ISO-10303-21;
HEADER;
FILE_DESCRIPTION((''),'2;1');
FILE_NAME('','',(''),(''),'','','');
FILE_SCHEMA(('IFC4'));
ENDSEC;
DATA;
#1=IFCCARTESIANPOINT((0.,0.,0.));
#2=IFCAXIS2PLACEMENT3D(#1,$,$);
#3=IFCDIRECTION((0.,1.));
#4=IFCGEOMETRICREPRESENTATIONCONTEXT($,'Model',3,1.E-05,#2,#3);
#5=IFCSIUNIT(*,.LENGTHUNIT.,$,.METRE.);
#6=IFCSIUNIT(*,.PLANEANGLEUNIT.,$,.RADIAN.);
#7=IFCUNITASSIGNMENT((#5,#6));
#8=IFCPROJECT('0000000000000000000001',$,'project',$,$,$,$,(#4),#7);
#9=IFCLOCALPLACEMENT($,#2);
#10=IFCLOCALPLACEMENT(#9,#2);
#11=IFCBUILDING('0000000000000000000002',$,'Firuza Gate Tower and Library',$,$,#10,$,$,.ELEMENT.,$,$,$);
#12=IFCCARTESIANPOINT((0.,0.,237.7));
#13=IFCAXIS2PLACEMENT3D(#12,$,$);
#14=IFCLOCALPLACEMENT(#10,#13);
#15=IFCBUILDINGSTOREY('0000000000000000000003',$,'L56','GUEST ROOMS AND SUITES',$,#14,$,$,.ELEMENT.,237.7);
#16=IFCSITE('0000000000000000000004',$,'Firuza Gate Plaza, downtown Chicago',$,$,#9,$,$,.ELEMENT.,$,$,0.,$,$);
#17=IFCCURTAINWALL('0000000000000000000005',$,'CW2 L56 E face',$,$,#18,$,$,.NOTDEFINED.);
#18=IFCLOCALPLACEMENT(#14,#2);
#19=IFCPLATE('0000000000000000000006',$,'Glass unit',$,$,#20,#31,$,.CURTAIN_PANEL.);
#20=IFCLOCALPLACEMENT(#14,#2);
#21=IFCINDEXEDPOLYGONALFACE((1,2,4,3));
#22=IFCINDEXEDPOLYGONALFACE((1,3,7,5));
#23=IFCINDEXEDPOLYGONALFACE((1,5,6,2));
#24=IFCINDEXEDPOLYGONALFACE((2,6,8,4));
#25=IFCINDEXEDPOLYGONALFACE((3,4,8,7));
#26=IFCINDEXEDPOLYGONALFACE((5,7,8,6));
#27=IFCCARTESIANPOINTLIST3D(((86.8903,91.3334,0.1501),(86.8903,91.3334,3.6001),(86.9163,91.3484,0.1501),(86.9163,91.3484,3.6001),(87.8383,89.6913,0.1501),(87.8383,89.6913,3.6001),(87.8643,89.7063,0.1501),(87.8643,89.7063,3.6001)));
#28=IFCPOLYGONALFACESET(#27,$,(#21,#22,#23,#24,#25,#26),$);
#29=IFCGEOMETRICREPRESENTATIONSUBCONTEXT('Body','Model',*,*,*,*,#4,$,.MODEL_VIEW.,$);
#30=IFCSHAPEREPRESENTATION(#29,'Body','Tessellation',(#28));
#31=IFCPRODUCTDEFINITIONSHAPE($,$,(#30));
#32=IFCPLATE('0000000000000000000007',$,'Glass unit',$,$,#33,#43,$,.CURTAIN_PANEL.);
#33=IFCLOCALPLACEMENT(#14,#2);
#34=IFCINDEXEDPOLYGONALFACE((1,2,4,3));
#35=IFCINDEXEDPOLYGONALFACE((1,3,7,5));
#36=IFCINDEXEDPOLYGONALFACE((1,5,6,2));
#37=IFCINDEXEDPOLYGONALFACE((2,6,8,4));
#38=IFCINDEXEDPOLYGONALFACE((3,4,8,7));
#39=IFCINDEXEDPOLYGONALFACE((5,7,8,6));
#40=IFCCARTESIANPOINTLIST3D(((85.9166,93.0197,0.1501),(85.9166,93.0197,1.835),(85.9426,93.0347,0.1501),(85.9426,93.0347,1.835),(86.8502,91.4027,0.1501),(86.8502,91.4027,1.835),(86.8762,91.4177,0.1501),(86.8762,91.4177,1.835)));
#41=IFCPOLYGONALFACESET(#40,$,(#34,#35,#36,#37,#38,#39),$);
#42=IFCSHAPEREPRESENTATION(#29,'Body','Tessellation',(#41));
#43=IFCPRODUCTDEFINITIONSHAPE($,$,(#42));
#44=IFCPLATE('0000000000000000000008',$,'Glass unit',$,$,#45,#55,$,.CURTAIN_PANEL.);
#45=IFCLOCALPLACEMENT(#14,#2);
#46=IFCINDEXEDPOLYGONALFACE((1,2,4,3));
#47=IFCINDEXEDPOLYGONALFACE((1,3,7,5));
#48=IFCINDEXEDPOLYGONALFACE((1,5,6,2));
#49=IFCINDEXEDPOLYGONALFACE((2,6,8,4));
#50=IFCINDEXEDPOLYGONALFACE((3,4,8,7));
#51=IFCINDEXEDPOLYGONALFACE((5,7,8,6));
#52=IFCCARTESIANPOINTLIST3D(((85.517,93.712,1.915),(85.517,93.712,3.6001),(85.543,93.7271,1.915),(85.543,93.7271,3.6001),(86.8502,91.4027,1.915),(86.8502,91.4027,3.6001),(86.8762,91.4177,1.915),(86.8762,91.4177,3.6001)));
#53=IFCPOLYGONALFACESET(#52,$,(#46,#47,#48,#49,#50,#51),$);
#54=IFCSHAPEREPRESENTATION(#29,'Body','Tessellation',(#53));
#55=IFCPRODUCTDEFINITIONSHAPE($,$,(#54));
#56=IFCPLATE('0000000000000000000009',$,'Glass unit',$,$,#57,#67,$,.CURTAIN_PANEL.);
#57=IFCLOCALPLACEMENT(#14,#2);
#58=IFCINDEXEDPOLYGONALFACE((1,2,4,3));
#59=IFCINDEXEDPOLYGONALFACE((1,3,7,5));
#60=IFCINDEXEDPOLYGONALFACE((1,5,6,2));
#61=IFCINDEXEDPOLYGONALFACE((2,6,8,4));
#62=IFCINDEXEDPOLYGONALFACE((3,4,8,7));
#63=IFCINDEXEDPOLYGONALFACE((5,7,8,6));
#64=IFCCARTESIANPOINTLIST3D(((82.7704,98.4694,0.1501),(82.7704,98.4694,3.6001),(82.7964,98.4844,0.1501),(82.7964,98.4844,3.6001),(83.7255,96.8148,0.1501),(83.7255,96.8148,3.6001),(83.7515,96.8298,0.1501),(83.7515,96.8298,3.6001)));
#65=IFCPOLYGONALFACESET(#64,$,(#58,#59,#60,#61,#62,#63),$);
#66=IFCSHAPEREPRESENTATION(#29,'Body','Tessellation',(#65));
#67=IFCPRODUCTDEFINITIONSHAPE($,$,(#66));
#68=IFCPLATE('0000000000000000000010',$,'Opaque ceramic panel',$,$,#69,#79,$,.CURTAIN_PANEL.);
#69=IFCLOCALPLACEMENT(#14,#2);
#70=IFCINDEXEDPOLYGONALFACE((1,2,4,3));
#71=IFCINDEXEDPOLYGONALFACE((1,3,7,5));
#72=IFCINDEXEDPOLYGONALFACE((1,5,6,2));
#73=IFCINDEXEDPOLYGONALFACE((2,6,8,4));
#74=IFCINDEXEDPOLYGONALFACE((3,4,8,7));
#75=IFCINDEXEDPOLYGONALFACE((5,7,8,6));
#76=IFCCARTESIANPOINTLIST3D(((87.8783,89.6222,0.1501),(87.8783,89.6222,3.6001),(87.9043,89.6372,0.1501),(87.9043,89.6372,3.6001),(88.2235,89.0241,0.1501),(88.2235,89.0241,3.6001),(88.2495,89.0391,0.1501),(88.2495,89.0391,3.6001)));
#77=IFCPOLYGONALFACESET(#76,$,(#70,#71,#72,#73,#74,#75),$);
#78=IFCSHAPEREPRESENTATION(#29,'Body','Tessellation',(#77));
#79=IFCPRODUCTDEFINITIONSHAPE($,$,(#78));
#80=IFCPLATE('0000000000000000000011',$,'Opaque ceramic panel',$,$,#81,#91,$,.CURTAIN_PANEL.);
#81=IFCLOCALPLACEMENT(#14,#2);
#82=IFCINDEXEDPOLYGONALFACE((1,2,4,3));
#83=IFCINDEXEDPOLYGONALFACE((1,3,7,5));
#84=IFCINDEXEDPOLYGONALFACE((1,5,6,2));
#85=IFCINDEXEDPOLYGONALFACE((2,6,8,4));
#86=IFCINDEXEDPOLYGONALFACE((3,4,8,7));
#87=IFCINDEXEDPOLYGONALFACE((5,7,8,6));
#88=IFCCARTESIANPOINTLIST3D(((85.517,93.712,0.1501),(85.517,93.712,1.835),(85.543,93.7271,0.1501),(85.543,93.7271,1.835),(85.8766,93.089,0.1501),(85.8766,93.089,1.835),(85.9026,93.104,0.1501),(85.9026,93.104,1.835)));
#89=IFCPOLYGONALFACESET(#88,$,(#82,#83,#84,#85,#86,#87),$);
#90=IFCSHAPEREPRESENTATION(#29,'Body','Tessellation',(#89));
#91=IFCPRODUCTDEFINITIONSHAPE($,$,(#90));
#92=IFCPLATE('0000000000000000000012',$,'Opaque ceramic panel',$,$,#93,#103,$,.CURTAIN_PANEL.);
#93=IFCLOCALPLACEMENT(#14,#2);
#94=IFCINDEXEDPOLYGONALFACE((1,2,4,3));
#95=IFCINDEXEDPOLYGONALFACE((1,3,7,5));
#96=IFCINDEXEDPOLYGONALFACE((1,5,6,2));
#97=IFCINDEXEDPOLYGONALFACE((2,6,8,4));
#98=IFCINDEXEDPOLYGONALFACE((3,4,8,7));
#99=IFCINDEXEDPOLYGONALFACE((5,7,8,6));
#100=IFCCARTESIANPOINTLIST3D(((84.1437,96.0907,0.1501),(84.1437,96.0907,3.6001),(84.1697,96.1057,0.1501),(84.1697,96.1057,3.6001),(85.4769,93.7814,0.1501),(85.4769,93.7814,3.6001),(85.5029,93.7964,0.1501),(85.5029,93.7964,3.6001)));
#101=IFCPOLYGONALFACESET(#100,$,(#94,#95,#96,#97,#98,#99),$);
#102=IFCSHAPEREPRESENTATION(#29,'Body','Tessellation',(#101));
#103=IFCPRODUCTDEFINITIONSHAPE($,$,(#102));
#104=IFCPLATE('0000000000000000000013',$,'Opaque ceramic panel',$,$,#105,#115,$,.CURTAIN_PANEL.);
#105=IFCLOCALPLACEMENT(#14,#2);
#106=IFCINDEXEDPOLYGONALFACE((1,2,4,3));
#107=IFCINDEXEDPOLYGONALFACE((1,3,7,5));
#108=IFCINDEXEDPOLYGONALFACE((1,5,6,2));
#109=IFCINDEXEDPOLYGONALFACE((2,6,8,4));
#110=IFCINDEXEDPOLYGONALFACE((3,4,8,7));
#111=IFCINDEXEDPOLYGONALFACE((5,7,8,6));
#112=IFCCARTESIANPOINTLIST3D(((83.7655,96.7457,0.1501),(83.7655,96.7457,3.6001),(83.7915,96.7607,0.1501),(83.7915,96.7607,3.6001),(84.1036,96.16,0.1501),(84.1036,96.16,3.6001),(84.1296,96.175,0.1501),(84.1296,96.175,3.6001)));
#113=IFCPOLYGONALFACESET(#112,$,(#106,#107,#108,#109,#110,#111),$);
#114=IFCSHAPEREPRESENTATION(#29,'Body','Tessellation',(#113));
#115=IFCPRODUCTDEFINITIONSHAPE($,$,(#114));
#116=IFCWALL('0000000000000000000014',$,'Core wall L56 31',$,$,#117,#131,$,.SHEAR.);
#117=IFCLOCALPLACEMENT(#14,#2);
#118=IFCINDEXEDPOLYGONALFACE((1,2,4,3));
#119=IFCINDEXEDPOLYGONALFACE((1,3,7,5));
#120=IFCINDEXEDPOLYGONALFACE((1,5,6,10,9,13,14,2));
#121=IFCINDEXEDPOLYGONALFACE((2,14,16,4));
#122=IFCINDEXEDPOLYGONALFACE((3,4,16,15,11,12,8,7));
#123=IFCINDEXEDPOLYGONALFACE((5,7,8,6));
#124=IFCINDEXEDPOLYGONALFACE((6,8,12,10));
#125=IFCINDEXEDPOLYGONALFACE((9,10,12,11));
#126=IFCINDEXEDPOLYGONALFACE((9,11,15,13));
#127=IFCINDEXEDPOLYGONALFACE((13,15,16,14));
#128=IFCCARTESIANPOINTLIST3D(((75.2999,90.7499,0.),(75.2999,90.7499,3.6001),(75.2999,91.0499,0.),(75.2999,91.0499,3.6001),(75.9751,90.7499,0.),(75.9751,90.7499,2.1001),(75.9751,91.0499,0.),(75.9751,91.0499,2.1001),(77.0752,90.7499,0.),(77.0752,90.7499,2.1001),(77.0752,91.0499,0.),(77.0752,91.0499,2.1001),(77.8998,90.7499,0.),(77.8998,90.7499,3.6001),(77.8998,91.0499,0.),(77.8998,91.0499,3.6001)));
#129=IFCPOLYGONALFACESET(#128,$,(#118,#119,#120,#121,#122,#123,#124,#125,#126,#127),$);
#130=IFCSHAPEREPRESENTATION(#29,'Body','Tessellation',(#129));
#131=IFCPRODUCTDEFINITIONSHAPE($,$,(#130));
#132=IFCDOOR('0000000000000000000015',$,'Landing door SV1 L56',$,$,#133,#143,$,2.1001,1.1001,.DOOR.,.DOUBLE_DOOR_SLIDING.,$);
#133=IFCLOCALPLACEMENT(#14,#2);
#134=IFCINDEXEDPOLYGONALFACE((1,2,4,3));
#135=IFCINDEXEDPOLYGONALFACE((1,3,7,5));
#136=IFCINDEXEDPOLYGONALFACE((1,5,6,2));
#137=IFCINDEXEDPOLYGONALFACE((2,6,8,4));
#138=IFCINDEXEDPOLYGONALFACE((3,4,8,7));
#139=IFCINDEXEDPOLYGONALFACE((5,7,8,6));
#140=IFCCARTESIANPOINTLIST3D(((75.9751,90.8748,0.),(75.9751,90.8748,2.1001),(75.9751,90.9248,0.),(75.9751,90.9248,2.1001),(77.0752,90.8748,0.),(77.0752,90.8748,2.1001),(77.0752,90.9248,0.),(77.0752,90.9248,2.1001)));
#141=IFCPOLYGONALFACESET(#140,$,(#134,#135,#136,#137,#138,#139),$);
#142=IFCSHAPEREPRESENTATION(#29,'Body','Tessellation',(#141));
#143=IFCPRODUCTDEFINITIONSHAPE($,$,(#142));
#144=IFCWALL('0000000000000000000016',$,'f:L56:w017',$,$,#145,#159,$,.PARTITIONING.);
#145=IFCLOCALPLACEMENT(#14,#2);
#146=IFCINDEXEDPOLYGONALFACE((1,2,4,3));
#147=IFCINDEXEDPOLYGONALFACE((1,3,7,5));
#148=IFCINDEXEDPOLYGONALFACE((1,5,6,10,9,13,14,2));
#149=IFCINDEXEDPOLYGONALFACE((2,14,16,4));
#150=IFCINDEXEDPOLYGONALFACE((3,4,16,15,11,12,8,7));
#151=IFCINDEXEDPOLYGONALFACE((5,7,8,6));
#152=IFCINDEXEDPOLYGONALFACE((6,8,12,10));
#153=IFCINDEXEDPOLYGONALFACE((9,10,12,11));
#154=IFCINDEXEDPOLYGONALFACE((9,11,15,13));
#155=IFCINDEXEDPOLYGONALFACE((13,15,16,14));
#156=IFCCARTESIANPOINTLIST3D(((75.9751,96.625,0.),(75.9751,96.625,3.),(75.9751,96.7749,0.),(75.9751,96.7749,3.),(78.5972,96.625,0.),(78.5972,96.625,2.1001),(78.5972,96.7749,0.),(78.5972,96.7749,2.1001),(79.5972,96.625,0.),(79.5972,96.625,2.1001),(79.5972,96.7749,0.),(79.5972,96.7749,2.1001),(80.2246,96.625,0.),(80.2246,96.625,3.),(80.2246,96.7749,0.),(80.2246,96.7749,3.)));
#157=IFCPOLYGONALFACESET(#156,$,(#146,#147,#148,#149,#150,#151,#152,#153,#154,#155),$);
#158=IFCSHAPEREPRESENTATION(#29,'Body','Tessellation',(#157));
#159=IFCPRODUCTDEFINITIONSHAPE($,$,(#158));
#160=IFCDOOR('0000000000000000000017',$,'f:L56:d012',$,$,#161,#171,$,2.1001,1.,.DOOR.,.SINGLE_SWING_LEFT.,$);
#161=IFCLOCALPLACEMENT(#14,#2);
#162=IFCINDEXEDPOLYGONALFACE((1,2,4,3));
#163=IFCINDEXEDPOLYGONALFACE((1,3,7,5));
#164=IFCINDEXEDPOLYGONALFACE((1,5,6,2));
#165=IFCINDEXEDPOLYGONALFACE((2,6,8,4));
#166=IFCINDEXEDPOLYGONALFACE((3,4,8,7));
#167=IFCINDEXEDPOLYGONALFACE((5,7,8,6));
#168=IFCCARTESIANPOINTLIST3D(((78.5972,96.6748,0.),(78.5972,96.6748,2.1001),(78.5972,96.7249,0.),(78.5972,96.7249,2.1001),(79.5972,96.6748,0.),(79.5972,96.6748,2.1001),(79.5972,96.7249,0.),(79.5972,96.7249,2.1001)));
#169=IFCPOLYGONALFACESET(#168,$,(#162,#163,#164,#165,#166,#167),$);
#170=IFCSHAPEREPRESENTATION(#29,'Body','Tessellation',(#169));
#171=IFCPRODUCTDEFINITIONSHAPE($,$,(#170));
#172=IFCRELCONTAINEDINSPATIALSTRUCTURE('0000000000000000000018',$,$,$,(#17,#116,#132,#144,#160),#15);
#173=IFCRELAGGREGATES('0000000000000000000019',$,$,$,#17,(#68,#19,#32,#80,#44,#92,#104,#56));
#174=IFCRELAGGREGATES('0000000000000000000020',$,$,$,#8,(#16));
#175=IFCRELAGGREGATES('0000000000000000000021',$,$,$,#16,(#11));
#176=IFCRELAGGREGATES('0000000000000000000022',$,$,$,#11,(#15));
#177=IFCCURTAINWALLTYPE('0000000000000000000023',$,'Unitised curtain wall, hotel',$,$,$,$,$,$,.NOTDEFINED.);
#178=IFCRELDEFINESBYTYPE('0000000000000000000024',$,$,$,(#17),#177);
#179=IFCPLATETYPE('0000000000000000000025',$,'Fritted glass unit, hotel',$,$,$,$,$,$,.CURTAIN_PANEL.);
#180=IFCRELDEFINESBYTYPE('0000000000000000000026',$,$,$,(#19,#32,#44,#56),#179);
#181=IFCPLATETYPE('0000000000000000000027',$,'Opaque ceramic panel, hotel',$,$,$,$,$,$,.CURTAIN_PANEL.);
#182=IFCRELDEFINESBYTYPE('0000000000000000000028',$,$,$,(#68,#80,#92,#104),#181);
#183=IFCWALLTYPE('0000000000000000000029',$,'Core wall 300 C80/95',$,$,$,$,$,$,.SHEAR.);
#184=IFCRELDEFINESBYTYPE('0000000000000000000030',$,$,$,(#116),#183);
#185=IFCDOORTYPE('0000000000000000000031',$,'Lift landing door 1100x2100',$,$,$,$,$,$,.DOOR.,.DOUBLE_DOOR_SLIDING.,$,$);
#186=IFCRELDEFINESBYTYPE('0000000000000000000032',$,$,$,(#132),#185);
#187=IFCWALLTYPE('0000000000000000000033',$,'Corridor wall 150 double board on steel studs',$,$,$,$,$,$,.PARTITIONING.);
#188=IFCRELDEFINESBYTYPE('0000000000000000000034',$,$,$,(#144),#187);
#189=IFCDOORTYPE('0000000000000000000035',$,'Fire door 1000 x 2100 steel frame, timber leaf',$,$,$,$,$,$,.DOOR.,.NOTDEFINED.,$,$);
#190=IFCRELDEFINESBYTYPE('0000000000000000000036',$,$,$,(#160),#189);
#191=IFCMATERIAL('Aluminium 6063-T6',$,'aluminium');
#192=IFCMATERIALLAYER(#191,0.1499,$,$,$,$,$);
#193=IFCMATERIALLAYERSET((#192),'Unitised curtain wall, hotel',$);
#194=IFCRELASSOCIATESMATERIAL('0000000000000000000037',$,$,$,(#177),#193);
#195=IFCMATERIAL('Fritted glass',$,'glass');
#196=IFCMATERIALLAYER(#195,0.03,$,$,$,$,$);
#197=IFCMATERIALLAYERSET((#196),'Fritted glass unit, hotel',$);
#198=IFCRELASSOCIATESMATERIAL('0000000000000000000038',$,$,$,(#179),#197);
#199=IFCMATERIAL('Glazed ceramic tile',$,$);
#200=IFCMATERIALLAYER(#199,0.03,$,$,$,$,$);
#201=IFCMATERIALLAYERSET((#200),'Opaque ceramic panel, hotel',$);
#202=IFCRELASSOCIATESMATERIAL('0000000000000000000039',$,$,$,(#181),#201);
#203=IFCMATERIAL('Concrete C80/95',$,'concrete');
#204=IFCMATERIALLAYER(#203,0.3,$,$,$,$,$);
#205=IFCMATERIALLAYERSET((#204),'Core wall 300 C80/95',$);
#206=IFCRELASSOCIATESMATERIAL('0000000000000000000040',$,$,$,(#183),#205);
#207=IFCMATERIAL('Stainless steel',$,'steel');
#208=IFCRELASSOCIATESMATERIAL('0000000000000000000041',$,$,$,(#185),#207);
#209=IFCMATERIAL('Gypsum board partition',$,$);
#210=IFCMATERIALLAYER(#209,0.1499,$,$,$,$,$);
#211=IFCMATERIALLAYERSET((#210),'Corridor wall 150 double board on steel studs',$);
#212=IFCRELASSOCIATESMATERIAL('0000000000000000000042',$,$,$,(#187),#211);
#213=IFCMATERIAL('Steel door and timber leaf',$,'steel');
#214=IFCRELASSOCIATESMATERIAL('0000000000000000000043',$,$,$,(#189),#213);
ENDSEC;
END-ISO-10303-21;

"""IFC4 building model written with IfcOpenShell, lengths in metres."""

from ifc_helpers import new_model, si_unit, direction, frame, frame_2d, origin, place, context, subcontext, project, spatial, polyline, rectangle, outline, extrude, material, layer, layer_set, type_object, element, fill, aggregate, save


model = new_model("IFC4")

# Units and contexts
model_context = context("Model", 3, precision=1e-05, world=origin(), true_north=direction((0.0, 1.0)))
body_context = subcontext(model_context, "Body", "Model", "MODEL_VIEW")
ifc_project = project(units=[si_unit("LENGTHUNIT", "METRE"), si_unit("PLANEANGLEUNIT", "RADIAN")], contexts=[model_context])

# Site, building, storey
site_placement = place(None, origin())
site = spatial("IfcSite", under=ifc_project, at=site_placement, Name="Firuza Gate Plaza, downtown Chicago", CompositionType="ELEMENT", RefElevation=0.0)
building_placement = place(site_placement, origin())
building = spatial("IfcBuilding", under=site, at=building_placement, Name="Firuza Gate Tower and Library", CompositionType="ELEMENT")
storey_placement = place(building_placement, frame((0.0, 0.0, 237.7)))
storey = spatial("IfcBuildingStorey", under=building, at=storey_placement, Name="L56", Description="GUEST ROOMS AND SUITES", CompositionType="ELEMENT", Elevation=237.7)

# Curtain wall
ifc_material_1 = material(Name="Aluminium 6063-T6", Category="aluminium")
ifc_layer_1 = layer(ifc_material_1, 0.1499)
ifc_layer_set_1 = layer_set([ifc_layer_1], Name="Unitised curtain wall, hotel")
curtain_wall_type = type_object("IfcCurtainWallType", Name="Unitised curtain wall, hotel", PredefinedType="NOTDEFINED", material=ifc_layer_set_1)
placement = place(storey_placement, origin())
curtain_wall = element("IfcCurtainWall", 1, at=placement, inside=storey, type_object=curtain_wall_type, Name="CW2 L56 E face", PredefinedType="NOTDEFINED")

# Plates
ifc_material_2 = material(Name="Fritted glass", Category="glass")
ifc_layer_2 = layer(ifc_material_2, 0.03)
ifc_layer_set_2 = layer_set([ifc_layer_2], Name="Fritted glass unit, hotel")
plate_type_1 = type_object("IfcPlateType", Name="Fritted glass unit, hotel", PredefinedType="CURTAIN_PANEL", material=ifc_layer_set_2)
plate_1_placement = place(storey_placement, frame((87.8643, 89.7063, 0.1501), z_axis=(0.86604, 0.499975, 0.0), x_axis=(-0.499975, 0.86604, 0.0)))
plate_1 = element("IfcPlate", 2, at=plate_1_placement, type_object=plate_type_1, Name="Glass unit", PredefinedType="CURTAIN_PANEL", context=body_context, shape_type="SweptSolid", body=[
    extrude(outline(polyline([(0.0, 0.0), (1.8961, 0.0), (1.8961, 3.45), (0.0, 3.45), (0.0, 0.0)])), origin(), (0.0, 0.0, -1.0), 0.03),
])
plate_2_placement = place(storey_placement, frame((86.8762, 91.4177, 0.1501), z_axis=(0.866014, 0.500021, 0.0), x_axis=(-0.500021, 0.866014, 0.0)))
plate_2 = element("IfcPlate", 3, at=plate_2_placement, type_object=plate_type_1, Name="Glass unit", PredefinedType="CURTAIN_PANEL", context=body_context, shape_type="SweptSolid", body=[
    extrude(outline(polyline([(0.0, 0.0), (1.8671, 0.0), (1.8671, 1.6848), (0.0, 1.6848), (0.0, 0.0)])), origin(), (0.0, 0.0, -1.0), 0.03),
])
plate_3_placement = place(storey_placement, frame((86.8762, 91.4177, 1.915), z_axis=(0.866032, 0.499989, 0.0), x_axis=(-0.499989, 0.866032, 0.0)))
plate_3 = element("IfcPlate", 4, at=plate_3_placement, type_object=plate_type_1, Name="Glass unit", PredefinedType="CURTAIN_PANEL", context=body_context, shape_type="SweptSolid", body=[
    extrude(outline(polyline([(0.0, 0.0), (2.6666, 0.0), (2.6666, 1.6851), (0.0, 1.6851), (0.0, 0.0)])), origin(), (0.0, 0.0, -1.0), 0.03),
])
plate_4_placement = place(storey_placement, frame((83.7515, 96.8298, 0.1501), z_axis=(0.866064, 0.499933, 0.0), x_axis=(-0.499933, 0.866064, 0.0)))
plate_4 = element("IfcPlate", 5, at=plate_4_placement, type_object=plate_type_1, Name="Glass unit", PredefinedType="CURTAIN_PANEL", context=body_context, shape_type="SweptSolid", body=[
    extrude(outline(polyline([(0.0, 0.0), (1.9104, 0.0), (1.9104, 3.45), (0.0, 3.45), (0.0, 0.0)])), origin(), (0.0, 0.0, -1.0), 0.03),
])
ifc_material_3 = material(Name="Glazed ceramic tile")
ifc_layer_3 = layer(ifc_material_3, 0.03)
ifc_layer_set_3 = layer_set([ifc_layer_3], Name="Opaque ceramic panel, hotel")
plate_type_2 = type_object("IfcPlateType", Name="Opaque ceramic panel, hotel", PredefinedType="CURTAIN_PANEL", material=ifc_layer_set_3)
plate_5_placement = place(storey_placement, frame((88.2495, 89.0391, 0.1501), z_axis=(0.866103, 0.499865, 0.0), x_axis=(-0.499865, 0.866103, 0.0)))
plate_5 = element("IfcPlate", 6, at=plate_5_placement, type_object=plate_type_2, Name="Opaque ceramic panel", PredefinedType="CURTAIN_PANEL", context=body_context, shape_type="SweptSolid", body=[
    extrude(outline(polyline([(0.0, 0.0), (0.6906, 0.0), (0.6906, 3.45), (0.0, 3.45), (0.0, 0.0)])), origin(), (0.0, 0.0, -1.0), 0.03),
])
plate_6_placement = place(storey_placement, frame((85.9026, 93.104, 0.1501), z_axis=(0.866084, 0.499899, 0.0), x_axis=(-0.499899, 0.866084, 0.0)))
plate_6 = element("IfcPlate", 7, at=plate_6_placement, type_object=plate_type_2, Name="Opaque ceramic panel", PredefinedType="CURTAIN_PANEL", context=body_context, shape_type="SweptSolid", body=[
    extrude(outline(polyline([(0.0, 0.0), (0.7194, 0.0), (0.7194, 1.6848), (0.0, 1.6848), (0.0, 0.0)])), origin(), (0.0, 0.0, -1.0), 0.03),
])
plate_7_placement = place(storey_placement, frame((85.5029, 93.7964, 0.1501), z_axis=(0.866032, 0.499989, 0.0), x_axis=(-0.499989, 0.866032, 0.0)))
plate_7 = element("IfcPlate", 8, at=plate_7_placement, type_object=plate_type_2, Name="Opaque ceramic panel", PredefinedType="CURTAIN_PANEL", context=body_context, shape_type="SweptSolid", body=[
    extrude(outline(polyline([(0.0, 0.0), (2.6666, 0.0), (2.6666, 3.45), (0.0, 3.45), (0.0, 0.0)])), origin(), (0.0, 0.0, -1.0), 0.03),
])
plate_8_placement = place(storey_placement, frame((84.1296, 96.175, 0.1501), z_axis=(0.866035, 0.499983, 0.0), x_axis=(-0.499983, 0.866035, 0.0)))
plate_8 = element("IfcPlate", 9, at=plate_8_placement, type_object=plate_type_2, Name="Opaque ceramic panel", PredefinedType="CURTAIN_PANEL", context=body_context, shape_type="SweptSolid", body=[
    extrude(outline(polyline([(0.0, 0.0), (0.6763, 0.0), (0.6763, 3.45), (0.0, 3.45), (0.0, 0.0)])), origin(), (0.0, 0.0, -1.0), 0.03),
])
aggregate(curtain_wall, [plate_5, plate_1, plate_2, plate_6, plate_3, plate_7, plate_8, plate_4])

# Walls, openings, doors
ifc_material_4 = material(Name="Concrete C80/95", Category="concrete")
ifc_layer_4 = layer(ifc_material_4, 0.3)
ifc_layer_set_4 = layer_set([ifc_layer_4], Name="Core wall 300 C80/95")
wall_type_1 = type_object("IfcWallType", Name="Core wall 300 C80/95", PredefinedType="SHEAR", material=ifc_layer_set_4)
wall_1_placement = place(storey_placement, frame((75.3, 90.8999, 0.0), z_axis=(0.0, 0.0, 1.0), x_axis=(1.0, 0.0, 0.0)))
wall_1 = element("IfcWall", 10, at=wall_1_placement, inside=storey, type_object=wall_type_1, Name="Core wall L56 31", PredefinedType="SHEAR", context=body_context, shape_type="SweptSolid", body=[
    extrude(rectangle(XDim=2.5999, YDim=0.3, at=frame_2d((1.2998, 0.0))), origin(), (0.0, 0.0, 1.0), 3.6001),
])
opening_1_placement = place(wall_1_placement, frame((0.675, 0.0, 0.0)))
opening_1 = element("IfcOpeningElement", 11, at=opening_1_placement, cuts=wall_1, PredefinedType="OPENING", context=body_context, shape_type="SweptSolid", body=[
    extrude(rectangle(XDim=1.1001, YDim=2.1001, at=frame_2d((0.55, 1.05))), frame((0.0, 0.1602, 0.0), z_axis=(0.0, -1.0, 0.0), x_axis=(1.0, 0.0, 0.0)), (0.0, 0.0, 1.0), 0.3201),
])
ifc_material_5 = material(Name="Stainless steel", Category="steel")
door_type_1 = type_object("IfcDoorType", Name="Lift landing door 1100x2100", OperationType="DOUBLE_DOOR_SLIDING", PredefinedType="DOOR", material=ifc_material_5)
door_1_placement = place(opening_1_placement, origin())
door_1 = element("IfcDoor", 12, at=door_1_placement, inside=storey, type_object=door_type_1, Name="Landing door SV1 L56", OperationType="DOUBLE_DOOR_SLIDING", OverallHeight=2.1001, OverallWidth=1.1001, PredefinedType="DOOR", context=body_context, shape_type="SweptSolid", body=[
    extrude(rectangle(XDim=1.1001, YDim=2.1001, at=frame_2d((0.55, 1.05))), frame((0.0, 0.0249, 0.0), z_axis=(0.0, -1.0, 0.0), x_axis=(1.0, 0.0, 0.0)), (0.0, 0.0, 1.0), 0.05),
])
fill(opening_1, door_1)
ifc_material_6 = material(Name="Gypsum board partition")
ifc_layer_5 = layer(ifc_material_6, 0.1499)
ifc_layer_set_5 = layer_set([ifc_layer_5], Name="Corridor wall 150 double board on steel studs")
wall_type_2 = type_object("IfcWallType", Name="Corridor wall 150 double board on steel studs", PredefinedType="PARTITIONING", material=ifc_layer_set_5)
wall_2_placement = place(storey_placement, frame((75.9751, 96.7, 0.0), z_axis=(0.0, 0.0, 1.0), x_axis=(1.0, 0.0, 0.0)))
wall_2 = element("IfcWall", 13, at=wall_2_placement, inside=storey, type_object=wall_type_2, Name="f:L56:w017", PredefinedType="PARTITIONING", context=body_context, shape_type="SweptSolid", body=[
    extrude(rectangle(XDim=4.2495, YDim=0.1499, at=frame_2d((2.1248, 0.0))), origin(), (0.0, 0.0, 1.0), 3.0),
])
opening_2_placement = place(wall_2_placement, frame((2.6221, 0.0, 0.0)))
opening_2 = element("IfcOpeningElement", 14, at=opening_2_placement, cuts=wall_2, PredefinedType="OPENING", context=body_context, shape_type="SweptSolid", body=[
    extrude(rectangle(XDim=1.0, YDim=2.1001, at=frame_2d((0.5, 1.05))), frame((0.0, 0.085, 0.0), z_axis=(0.0, -1.0, 0.0), x_axis=(1.0, 0.0, 0.0)), (0.0, 0.0, 1.0), 0.1699),
])
ifc_material_7 = material(Name="Steel door and timber leaf", Category="steel")
door_type_2 = type_object("IfcDoorType", Name="Fire door 1000 x 2100 steel frame, timber leaf", OperationType="NOTDEFINED", PredefinedType="DOOR", material=ifc_material_7)
door_2_placement = place(opening_2_placement, origin())
door_2 = element("IfcDoor", 15, at=door_2_placement, inside=storey, type_object=door_type_2, Name="f:L56:d012", OperationType="SINGLE_SWING_LEFT", OverallHeight=2.1001, OverallWidth=1.0, PredefinedType="DOOR", context=body_context, shape_type="SweptSolid", body=[
    extrude(rectangle(XDim=1.0, YDim=2.1001, at=frame_2d((0.5, 1.05))), frame((0.0, 0.0249, 0.0), z_axis=(0.0, -1.0, 0.0), x_axis=(1.0, 0.0, 0.0)), (0.0, 0.0, 1.0), 0.05),
])
fill(opening_2, door_2)

save(model, "model.ifc")
